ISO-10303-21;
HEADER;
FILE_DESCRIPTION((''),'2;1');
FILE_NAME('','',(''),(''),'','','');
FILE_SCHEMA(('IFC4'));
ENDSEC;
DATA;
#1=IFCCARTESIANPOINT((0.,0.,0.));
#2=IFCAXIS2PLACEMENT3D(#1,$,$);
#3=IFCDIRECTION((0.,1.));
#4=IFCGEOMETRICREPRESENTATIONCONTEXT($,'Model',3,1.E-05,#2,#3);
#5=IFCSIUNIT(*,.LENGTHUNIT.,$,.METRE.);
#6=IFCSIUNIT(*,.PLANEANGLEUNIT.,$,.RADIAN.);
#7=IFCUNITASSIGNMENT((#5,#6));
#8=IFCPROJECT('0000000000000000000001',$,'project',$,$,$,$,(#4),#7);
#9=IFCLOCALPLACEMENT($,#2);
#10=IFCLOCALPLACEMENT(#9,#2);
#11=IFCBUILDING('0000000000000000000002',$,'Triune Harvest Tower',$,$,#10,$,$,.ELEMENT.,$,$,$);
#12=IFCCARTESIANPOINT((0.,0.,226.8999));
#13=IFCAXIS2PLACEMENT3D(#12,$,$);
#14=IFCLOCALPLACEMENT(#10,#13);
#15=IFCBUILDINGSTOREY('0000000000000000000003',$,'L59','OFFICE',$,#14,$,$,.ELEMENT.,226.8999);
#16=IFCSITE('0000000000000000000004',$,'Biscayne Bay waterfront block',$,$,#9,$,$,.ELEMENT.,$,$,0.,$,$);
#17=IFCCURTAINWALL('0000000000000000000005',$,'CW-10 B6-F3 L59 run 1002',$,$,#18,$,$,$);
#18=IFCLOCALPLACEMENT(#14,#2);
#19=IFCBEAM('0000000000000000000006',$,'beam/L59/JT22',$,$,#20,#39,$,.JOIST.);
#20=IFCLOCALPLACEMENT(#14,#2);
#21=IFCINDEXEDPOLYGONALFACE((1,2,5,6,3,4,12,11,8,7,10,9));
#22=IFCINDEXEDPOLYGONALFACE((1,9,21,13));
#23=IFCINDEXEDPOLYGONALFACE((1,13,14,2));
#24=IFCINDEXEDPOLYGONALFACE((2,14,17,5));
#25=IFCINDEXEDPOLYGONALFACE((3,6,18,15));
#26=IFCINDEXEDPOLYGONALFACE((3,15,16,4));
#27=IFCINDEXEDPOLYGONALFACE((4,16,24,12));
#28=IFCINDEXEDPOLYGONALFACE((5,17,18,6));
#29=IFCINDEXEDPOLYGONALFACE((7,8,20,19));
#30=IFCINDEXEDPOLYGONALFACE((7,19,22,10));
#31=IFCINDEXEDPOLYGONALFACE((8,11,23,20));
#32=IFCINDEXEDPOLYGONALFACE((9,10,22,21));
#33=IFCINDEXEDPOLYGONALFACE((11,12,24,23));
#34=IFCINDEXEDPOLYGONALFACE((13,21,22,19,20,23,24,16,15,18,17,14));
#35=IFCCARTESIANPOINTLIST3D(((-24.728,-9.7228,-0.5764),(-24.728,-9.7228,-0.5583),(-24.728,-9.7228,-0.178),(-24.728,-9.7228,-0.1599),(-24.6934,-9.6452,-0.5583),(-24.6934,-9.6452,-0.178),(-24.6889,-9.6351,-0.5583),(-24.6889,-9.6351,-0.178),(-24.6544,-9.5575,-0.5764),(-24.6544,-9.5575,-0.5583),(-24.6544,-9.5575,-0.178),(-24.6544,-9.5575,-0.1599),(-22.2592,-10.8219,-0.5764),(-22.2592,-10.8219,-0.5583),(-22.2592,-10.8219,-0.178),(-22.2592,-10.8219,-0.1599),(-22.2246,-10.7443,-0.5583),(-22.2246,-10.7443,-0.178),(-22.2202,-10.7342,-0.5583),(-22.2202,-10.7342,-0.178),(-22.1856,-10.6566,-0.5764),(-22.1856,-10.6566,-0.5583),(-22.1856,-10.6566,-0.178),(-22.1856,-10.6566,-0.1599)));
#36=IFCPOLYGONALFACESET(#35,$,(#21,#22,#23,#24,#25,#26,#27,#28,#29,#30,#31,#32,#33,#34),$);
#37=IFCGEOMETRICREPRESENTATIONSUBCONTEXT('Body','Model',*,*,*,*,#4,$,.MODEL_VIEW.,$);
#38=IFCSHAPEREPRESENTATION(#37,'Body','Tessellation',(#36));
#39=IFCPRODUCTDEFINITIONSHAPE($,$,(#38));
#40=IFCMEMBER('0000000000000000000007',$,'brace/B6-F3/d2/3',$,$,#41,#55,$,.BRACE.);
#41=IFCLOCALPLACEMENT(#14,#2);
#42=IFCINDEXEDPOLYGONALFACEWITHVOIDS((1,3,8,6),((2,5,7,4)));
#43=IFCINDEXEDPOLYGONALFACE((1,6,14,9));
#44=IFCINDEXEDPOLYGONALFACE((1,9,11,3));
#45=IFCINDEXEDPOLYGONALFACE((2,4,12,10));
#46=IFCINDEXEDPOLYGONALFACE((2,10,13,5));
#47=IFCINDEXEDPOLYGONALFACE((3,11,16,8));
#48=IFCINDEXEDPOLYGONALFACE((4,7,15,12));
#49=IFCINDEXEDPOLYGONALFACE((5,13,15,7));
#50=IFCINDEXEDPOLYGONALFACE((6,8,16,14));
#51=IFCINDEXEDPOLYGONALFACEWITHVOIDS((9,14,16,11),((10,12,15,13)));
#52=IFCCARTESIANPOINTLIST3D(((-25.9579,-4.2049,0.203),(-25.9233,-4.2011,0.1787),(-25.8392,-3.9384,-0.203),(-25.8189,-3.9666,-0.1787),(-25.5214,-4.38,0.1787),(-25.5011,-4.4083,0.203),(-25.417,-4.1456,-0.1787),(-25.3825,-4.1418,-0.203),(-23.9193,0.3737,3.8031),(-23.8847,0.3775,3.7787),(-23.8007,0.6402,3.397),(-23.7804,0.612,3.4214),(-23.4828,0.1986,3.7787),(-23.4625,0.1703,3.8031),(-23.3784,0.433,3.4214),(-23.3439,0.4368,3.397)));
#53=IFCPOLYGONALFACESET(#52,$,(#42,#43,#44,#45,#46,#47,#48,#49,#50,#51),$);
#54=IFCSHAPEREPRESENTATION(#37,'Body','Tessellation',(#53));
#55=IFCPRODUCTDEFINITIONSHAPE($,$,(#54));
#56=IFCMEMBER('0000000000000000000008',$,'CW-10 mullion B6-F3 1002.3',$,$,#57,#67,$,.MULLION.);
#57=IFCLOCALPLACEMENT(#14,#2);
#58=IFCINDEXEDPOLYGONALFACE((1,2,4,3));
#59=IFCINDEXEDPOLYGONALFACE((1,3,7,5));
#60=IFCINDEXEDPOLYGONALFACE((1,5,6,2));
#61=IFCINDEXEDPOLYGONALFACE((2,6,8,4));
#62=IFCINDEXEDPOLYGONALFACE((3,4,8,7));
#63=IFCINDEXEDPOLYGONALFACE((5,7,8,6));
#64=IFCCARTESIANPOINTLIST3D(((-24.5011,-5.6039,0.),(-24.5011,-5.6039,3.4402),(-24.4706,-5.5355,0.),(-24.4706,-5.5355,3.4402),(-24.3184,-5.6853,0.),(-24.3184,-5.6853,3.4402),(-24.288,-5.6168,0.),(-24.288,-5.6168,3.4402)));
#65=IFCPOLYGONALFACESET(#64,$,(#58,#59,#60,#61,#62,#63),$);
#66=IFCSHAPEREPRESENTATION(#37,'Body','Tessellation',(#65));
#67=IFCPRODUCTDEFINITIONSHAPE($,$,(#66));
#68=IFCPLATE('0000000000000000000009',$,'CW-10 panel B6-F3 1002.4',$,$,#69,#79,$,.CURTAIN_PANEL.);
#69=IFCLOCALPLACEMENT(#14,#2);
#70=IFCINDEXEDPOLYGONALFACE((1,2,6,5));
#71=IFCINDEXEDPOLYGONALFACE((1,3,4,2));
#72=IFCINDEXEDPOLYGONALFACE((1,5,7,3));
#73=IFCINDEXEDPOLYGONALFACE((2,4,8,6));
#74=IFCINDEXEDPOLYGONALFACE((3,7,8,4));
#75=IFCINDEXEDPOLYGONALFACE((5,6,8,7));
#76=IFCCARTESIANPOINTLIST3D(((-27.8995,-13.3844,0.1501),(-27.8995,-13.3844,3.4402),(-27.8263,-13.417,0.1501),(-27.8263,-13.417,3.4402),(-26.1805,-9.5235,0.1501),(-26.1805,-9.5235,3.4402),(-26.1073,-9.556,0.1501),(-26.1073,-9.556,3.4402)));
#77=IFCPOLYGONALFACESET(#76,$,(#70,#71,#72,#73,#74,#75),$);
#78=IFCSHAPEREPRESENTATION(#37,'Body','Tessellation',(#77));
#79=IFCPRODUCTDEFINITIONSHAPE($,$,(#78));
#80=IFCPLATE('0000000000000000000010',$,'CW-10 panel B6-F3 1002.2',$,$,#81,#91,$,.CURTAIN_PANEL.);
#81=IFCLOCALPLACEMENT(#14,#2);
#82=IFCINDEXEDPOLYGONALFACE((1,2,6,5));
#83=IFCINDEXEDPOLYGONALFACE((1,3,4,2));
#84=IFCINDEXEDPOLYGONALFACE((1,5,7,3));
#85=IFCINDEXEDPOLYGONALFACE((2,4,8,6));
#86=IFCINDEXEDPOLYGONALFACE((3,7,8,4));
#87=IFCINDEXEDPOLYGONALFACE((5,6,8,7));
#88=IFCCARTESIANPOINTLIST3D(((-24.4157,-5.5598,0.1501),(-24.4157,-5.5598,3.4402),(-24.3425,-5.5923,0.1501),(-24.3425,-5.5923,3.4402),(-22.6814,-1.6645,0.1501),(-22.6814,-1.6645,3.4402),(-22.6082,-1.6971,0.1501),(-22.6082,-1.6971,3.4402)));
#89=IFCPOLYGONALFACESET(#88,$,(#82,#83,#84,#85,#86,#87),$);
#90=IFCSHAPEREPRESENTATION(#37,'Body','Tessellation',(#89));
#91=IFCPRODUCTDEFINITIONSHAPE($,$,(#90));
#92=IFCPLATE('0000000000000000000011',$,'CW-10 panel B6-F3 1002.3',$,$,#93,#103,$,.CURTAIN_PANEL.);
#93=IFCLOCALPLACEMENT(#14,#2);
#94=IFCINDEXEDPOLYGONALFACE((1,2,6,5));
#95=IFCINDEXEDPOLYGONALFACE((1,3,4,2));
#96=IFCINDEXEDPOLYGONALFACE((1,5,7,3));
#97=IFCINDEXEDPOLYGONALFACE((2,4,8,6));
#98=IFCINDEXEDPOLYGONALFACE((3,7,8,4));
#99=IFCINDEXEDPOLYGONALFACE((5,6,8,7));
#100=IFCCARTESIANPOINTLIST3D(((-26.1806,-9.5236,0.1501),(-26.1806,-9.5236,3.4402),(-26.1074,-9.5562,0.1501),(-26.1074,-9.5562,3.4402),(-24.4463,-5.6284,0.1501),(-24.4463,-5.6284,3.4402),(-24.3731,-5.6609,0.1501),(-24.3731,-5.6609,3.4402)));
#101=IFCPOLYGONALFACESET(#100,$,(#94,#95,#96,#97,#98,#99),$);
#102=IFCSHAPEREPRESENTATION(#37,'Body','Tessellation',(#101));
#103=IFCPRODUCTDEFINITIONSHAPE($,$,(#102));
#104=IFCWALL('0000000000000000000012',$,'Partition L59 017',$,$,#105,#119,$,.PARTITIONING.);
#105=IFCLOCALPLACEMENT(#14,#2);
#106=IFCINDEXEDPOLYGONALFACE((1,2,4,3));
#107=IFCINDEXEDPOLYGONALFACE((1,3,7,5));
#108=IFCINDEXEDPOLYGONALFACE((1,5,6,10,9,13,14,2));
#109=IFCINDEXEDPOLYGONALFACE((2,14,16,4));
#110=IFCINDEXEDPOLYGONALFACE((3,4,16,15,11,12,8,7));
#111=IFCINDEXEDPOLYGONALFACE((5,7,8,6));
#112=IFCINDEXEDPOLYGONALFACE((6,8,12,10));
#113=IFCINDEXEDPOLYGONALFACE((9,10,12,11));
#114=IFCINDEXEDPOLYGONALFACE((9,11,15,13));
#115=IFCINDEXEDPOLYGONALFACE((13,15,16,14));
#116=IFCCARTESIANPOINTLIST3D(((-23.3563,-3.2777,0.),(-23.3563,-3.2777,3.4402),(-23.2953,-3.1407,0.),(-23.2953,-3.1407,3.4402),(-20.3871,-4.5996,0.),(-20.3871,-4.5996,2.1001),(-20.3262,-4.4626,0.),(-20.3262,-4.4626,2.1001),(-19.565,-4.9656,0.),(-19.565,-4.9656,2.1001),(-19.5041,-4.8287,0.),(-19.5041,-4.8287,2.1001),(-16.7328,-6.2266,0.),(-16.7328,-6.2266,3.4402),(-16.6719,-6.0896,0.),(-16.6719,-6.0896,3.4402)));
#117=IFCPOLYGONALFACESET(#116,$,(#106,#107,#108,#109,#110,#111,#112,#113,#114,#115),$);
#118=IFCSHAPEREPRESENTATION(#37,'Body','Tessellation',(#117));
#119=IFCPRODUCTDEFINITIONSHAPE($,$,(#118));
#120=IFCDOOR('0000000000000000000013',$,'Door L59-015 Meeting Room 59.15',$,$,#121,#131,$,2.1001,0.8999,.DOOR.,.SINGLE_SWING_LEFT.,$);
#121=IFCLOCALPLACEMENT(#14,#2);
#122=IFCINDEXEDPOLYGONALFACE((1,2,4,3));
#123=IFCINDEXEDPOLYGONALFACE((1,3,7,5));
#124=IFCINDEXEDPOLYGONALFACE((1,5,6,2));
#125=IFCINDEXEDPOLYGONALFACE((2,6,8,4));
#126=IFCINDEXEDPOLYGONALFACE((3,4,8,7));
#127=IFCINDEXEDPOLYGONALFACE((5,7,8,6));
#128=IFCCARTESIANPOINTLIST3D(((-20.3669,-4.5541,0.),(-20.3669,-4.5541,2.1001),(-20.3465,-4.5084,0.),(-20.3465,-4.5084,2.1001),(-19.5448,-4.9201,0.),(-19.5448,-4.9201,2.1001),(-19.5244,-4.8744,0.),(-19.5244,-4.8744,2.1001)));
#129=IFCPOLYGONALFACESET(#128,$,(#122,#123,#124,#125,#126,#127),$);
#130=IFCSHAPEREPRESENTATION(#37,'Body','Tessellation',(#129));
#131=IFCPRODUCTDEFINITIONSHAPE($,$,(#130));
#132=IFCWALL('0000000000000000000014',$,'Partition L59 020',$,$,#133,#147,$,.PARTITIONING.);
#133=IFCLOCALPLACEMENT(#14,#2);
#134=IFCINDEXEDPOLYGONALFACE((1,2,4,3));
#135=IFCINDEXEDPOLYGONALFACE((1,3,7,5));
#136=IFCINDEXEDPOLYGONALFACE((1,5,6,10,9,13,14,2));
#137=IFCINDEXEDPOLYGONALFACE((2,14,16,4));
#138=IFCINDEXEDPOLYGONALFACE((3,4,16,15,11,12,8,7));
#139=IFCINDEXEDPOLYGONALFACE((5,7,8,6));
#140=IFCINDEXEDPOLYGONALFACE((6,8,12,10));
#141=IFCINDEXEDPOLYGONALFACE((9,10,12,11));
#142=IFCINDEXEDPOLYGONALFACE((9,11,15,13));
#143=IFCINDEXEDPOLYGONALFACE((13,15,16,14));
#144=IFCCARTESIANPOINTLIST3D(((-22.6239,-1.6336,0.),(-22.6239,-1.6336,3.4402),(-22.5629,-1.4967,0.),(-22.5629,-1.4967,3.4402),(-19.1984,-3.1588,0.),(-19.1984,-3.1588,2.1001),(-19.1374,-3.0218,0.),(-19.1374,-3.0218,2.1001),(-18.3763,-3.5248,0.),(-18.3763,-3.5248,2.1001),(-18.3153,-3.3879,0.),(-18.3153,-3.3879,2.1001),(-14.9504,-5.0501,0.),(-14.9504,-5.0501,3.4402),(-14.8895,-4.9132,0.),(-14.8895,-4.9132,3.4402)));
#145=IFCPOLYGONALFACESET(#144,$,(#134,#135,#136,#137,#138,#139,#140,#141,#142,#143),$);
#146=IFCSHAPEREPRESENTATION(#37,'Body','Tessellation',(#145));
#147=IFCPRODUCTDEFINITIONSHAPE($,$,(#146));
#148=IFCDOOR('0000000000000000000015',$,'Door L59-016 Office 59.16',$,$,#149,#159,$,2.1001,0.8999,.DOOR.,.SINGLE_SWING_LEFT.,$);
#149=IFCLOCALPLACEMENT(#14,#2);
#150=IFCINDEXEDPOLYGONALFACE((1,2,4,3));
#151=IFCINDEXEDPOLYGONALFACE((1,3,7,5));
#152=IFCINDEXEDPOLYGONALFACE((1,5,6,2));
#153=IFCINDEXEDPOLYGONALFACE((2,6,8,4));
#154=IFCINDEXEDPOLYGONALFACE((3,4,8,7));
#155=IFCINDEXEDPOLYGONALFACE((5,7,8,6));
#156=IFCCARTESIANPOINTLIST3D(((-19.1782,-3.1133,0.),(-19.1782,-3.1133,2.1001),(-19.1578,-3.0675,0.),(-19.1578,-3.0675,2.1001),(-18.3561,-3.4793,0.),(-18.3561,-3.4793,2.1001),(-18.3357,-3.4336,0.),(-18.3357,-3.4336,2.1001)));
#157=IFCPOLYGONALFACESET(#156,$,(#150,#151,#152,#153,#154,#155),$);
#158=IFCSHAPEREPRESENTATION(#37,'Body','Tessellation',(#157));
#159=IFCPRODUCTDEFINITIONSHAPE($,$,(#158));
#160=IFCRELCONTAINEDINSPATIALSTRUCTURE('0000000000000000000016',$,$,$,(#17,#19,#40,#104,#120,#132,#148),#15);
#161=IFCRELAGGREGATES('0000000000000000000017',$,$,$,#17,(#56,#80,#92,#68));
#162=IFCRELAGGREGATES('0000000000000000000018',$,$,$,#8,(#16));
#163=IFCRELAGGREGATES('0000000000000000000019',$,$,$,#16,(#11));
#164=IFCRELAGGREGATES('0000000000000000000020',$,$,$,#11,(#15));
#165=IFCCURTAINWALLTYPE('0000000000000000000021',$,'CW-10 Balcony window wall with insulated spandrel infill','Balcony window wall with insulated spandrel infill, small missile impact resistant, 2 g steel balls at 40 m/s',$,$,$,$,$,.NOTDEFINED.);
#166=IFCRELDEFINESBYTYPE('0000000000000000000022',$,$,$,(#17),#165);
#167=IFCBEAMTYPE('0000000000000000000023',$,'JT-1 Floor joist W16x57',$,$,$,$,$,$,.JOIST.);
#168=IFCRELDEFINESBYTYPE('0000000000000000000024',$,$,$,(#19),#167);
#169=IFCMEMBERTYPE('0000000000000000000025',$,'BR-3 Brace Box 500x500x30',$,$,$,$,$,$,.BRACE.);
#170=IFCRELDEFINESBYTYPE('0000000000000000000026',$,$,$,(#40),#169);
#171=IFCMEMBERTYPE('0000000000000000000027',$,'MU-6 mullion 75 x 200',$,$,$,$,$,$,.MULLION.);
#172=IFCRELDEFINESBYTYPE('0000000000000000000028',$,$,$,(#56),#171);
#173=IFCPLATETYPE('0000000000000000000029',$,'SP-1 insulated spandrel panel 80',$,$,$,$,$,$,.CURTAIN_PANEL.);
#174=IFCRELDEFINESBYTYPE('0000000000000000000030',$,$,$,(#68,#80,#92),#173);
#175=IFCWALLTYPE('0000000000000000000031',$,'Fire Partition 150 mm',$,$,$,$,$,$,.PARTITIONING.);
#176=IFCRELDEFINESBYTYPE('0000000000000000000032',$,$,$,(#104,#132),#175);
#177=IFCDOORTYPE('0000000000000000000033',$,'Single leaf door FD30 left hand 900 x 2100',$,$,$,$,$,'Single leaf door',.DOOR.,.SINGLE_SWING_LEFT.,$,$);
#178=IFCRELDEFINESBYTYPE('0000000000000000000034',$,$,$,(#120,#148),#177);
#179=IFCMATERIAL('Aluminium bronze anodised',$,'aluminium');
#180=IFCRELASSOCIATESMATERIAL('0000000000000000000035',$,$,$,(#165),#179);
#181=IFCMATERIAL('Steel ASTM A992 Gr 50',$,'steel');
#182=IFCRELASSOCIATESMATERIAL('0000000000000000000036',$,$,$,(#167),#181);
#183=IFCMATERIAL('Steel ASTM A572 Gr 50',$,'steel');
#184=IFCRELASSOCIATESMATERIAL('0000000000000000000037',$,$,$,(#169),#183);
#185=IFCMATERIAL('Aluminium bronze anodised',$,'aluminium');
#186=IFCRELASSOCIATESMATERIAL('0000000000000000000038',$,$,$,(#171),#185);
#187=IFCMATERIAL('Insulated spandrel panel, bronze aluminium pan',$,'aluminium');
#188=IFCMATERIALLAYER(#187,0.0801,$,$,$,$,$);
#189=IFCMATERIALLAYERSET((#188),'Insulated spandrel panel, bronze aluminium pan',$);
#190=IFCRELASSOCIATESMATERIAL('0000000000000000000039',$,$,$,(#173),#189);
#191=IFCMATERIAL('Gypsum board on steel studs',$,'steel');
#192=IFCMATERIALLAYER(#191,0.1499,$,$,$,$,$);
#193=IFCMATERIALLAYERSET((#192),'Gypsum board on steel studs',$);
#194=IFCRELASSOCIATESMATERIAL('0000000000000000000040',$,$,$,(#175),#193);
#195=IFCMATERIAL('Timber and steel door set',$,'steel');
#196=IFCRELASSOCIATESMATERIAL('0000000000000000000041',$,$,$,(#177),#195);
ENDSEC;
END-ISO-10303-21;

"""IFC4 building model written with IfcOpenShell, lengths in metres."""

from ifc_helpers import new_model, si_unit, direction, frame, frame_2d, origin, origin_2d, place, context, subcontext, project, spatial, rectangle, hollow_rectangle, i_section, extrude, source, transform, mapped, material, layer, layer_set, material_profile, profile_set, type_object, element, fill, aggregate, save


model = new_model("IFC4")

# Units and contexts
model_context = context("Model", 3, precision=1e-05, world=origin(), true_north=direction((0.0, 1.0)))
body_context = subcontext(model_context, "Body", "Model", "MODEL_VIEW")
ifc_project = project(units=[si_unit("LENGTHUNIT", "METRE"), si_unit("PLANEANGLEUNIT", "RADIAN")], contexts=[model_context])

# Site, building, storey
site_placement = place(None, origin())
site = spatial("IfcSite", under=ifc_project, at=site_placement, Name="Biscayne Bay waterfront block", CompositionType="ELEMENT", RefElevation=0.0)
building_placement = place(site_placement, origin())
building = spatial("IfcBuilding", under=site, at=building_placement, Name="Triune Harvest Tower", CompositionType="ELEMENT")
storey_placement = place(building_placement, frame((0.0, 0.0, 226.8999)))
storey = spatial("IfcBuildingStorey", under=building, at=storey_placement, Name="L59", Description="OFFICE", CompositionType="ELEMENT", Elevation=226.8999)

# Curtain wall
ifc_material_1 = material(Name="Aluminium bronze anodised", Category="aluminium")
curtain_wall_type = type_object("IfcCurtainWallType", Name="CW-10 Balcony window wall with insulated spandrel infill", Description="Balcony window wall with insulated spandrel infill, small missile impact resistant, 2 g steel balls at 40 m/s", PredefinedType="NOTDEFINED", material=ifc_material_1)
curtain_wall_placement = place(storey_placement, origin())
curtain_wall = element("IfcCurtainWall", 1, at=curtain_wall_placement, inside=storey, type_object=curtain_wall_type, Name="CW-10 B6-F3 L59 run 1002")

# Beam
ifc_material_2 = material(Name="Steel ASTM A992 Gr 50", Category="steel")
ifc_material_profile_1 = material_profile(ifc_material_2, i_section(OverallWidth=0.1809, OverallDepth=0.4165, WebThickness=0.011, FlangeThickness=0.0181, at=origin_2d()), Name="W16x57")
ifc_profile_set_1 = profile_set([ifc_material_profile_1], Name="Steel ASTM A992 Gr 50")
beam_type_1 = type_object("IfcBeamType", Name="JT-1 Floor joist W16x57", PredefinedType="JOIST", material=ifc_profile_set_1)
shared_shape_1 = source(origin(), body_context, "Body", "SweptSolid", [
    extrude(i_section(OverallWidth=0.1809, OverallDepth=0.4165, WebThickness=0.011, FlangeThickness=0.0181, at=origin_2d()), origin(), (0.0, 0.0, 1.0), 2.7024),
])
beam_1_placement = place(storey_placement, frame((-24.6912, -9.6401, -0.3682), z_axis=(0.913551, -0.406725, 0.0), x_axis=(0.406725, 0.913551, 0.0)))
element("IfcBeam", 2, at=beam_1_placement, inside=storey, type_object=beam_type_1, Name="beam/L59/JT22", PredefinedType="JOIST", context=body_context, shape_type="MappedRepresentation", body=[
    mapped(shared_shape_1, transform((0.0, 0.0, 0.0), scale=1.0)),
])

# Members
ifc_material_3 = material(Name="Steel ASTM A572 Gr 50", Category="steel")
ifc_material_profile_2 = material_profile(ifc_material_3, hollow_rectangle(XDim=0.5, YDim=0.5, WallThickness=0.03, at=origin_2d()), Name="Box 500x500x30")
ifc_profile_set_2 = profile_set([ifc_material_profile_2], Name="Steel ASTM A572 Gr 50")
member_type_1 = type_object("IfcMemberType", Name="BR-3 Brace Box 500x500x30", PredefinedType="BRACE", material=ifc_profile_set_2)
shared_shape_2 = source(origin(), body_context, "Body", "SweptSolid", [
    extrude(hollow_rectangle(XDim=0.5, YDim=0.5, WallThickness=0.03, at=origin_2d()), origin(), (0.0, 0.0, 1.0), 6.1709),
])
member_1_placement = place(storey_placement, frame((-25.6702, -4.1733, 0.0), z_axis=(0.330352, 0.741967, 0.583398), x_axis=(-0.913542, 0.406744, 0.0)))
element("IfcMember", 3, at=member_1_placement, inside=storey, type_object=member_type_1, Name="brace/B6-F3/d2/3", PredefinedType="BRACE", context=body_context, shape_type="MappedRepresentation", body=[
    mapped(shared_shape_2, transform((0.0, 0.0, 0.0), scale=1.0)),
])
ifc_material_4 = material(Name="Aluminium bronze anodised", Category="aluminium")
ifc_material_profile_3 = material_profile(ifc_material_4, rectangle(XDim=0.2, YDim=0.075, at=origin_2d()), Name="MU-6 mullion 75 x 200")
ifc_profile_set_3 = profile_set([ifc_material_profile_3], Name="Aluminium bronze anodised")
member_type_2 = type_object("IfcMemberType", Name="MU-6 mullion 75 x 200", PredefinedType="MULLION", material=ifc_profile_set_3)
shared_shape_3 = source(origin(), body_context, "Body", "SweptSolid", [
    extrude(rectangle(XDim=0.2, YDim=0.075, at=origin_2d()), origin(), (0.0, 0.0, 1.0), 3.4402),
])
member_2_placement = place(storey_placement, frame((-24.3945, -5.6104, 0.0), z_axis=(0.0, 0.0, 1.0), x_axis=(0.913546, -0.406737, 0.0)))
member_2 = element("IfcMember", 4, at=member_2_placement, type_object=member_type_2, Name="CW-10 mullion B6-F3 1002.3", PredefinedType="MULLION", context=body_context, shape_type="MappedRepresentation", body=[
    mapped(shared_shape_3, transform((0.0, 0.0, 0.0), scale=1.0)),
])

# Plates
ifc_material_5 = material(Name="Insulated spandrel panel, bronze aluminium pan", Category="aluminium")
ifc_layer_1 = layer(ifc_material_5, 0.0801)
ifc_layer_set_1 = layer_set([ifc_layer_1], Name="Insulated spandrel panel, bronze aluminium pan")
plate_type = type_object("IfcPlateType", Name="SP-1 insulated spandrel panel 80", PredefinedType="CURTAIN_PANEL", material=ifc_layer_set_1)
shared_shape_4 = source(origin(), body_context, "Body", "SweptSolid", [
    extrude(rectangle(XDim=4.2263, YDim=0.0801, at=origin_2d()), origin(), (0.0, 0.0, 1.0), 3.29),
])
plate_1_placement = place(storey_placement, frame((-27.0034, -11.4702, 0.1501), z_axis=(0.0, 0.0, 1.0), x_axis=(-0.406737, -0.913546, 0.0)))
plate_1 = element("IfcPlate", 5, at=plate_1_placement, type_object=plate_type, Name="CW-10 panel B6-F3 1002.4", PredefinedType="CURTAIN_PANEL", context=body_context, shape_type="MappedRepresentation", body=[
    mapped(shared_shape_4, transform((0.0, 0.0, 0.0), scale=1.0)),
])
shared_shape_5 = source(origin(), body_context, "Body", "SweptSolid", [
    extrude(rectangle(XDim=4.2639, YDim=0.0801, at=origin_2d()), origin(), (0.0, 0.0, 1.0), 3.29),
])
plate_2_placement = place(storey_placement, frame((-23.512, -3.6284, 0.1501), z_axis=(0.0, 0.0, 1.0), x_axis=(-0.406737, -0.913546, 0.0)))
plate_2 = element("IfcPlate", 6, at=plate_2_placement, type_object=plate_type, Name="CW-10 panel B6-F3 1002.2", PredefinedType="CURTAIN_PANEL", context=body_context, shape_type="MappedRepresentation", body=[
    mapped(shared_shape_5, transform((0.0, 0.0, 0.0), scale=1.0)),
])
plate_3_placement = place(storey_placement, frame((-25.2769, -7.5923, 0.1501), z_axis=(0.0, 0.0, 1.0), x_axis=(-0.406737, -0.913546, 0.0)))
plate_3 = element("IfcPlate", 7, at=plate_3_placement, type_object=plate_type, Name="CW-10 panel B6-F3 1002.3", PredefinedType="CURTAIN_PANEL", context=body_context, shape_type="MappedRepresentation", body=[
    mapped(shared_shape_5, transform((0.0, 0.0, 0.0), scale=1.0)),
])
aggregate(curtain_wall, [member_2, plate_2, plate_3, plate_1])

# Walls, openings, doors
ifc_material_6 = material(Name="Gypsum board on steel studs", Category="steel")
ifc_layer_2 = layer(ifc_material_6, 0.1499)
ifc_layer_set_2 = layer_set([ifc_layer_2], Name="Gypsum board on steel studs")
wall_type_1 = type_object("IfcWallType", Name="Fire Partition 150 mm", PredefinedType="PARTITIONING", material=ifc_layer_set_2)
wall_1_placement = place(storey_placement, frame((-23.3257, -3.2092, 0.0), z_axis=(0.0, 0.0, 1.0), x_axis=(0.913546, -0.406735, 0.0)))
wall_1 = element("IfcWall", 8, at=wall_1_placement, inside=storey, type_object=wall_type_1, Name="Partition L59 017", PredefinedType="PARTITIONING", context=body_context, shape_type="SweptSolid", body=[
    extrude(rectangle(XDim=7.2502, YDim=0.1499, at=frame_2d((3.625, 0.0))), origin(), (0.0, 0.0, 1.0), 3.4402),
])
opening_1_placement = place(wall_1_placement, frame((3.25, 0.0, 0.0)))
opening_1 = element("IfcOpeningElement", 9, at=opening_1_placement, cuts=wall_1, PredefinedType="OPENING", context=body_context, shape_type="SweptSolid", body=[
    extrude(rectangle(XDim=0.8999, YDim=2.1001, at=frame_2d((0.45, 1.05))), frame((0.0, 0.085, 0.0), z_axis=(0.0, -1.0, 0.0), x_axis=(1.0, 0.0, 0.0)), (0.0, 0.0, 1.0), 0.1699),
])
ifc_material_7 = material(Name="Timber and steel door set", Category="steel")
door_type = type_object("IfcDoorType", Name="Single leaf door FD30 left hand 900 x 2100", ElementType="Single leaf door", OperationType="SINGLE_SWING_LEFT", PredefinedType="DOOR", material=ifc_material_7)
door_1_placement = place(opening_1_placement, origin())
door_1 = element("IfcDoor", 10, at=door_1_placement, inside=storey, type_object=door_type, Name="Door L59-015 Meeting Room 59.15", OperationType="SINGLE_SWING_LEFT", OverallHeight=2.1001, OverallWidth=0.8999, PredefinedType="DOOR", context=body_context, shape_type="SweptSolid", body=[
    extrude(rectangle(XDim=0.8999, YDim=2.1001, at=frame_2d((0.45, 1.05))), frame((0.0, 0.0249, 0.0), z_axis=(0.0, -1.0, 0.0), x_axis=(1.0, 0.0, 0.0)), (0.0, 0.0, 1.0), 0.05),
])
fill(opening_1, door_1)
wall_2_placement = place(storey_placement, frame((-22.5933, -1.5652, 0.0), z_axis=(0.0, 0.0, 1.0), x_axis=(0.91354, -0.406748, 0.0)))
wall_2 = element("IfcWall", 11, at=wall_2_placement, inside=storey, type_object=wall_type_1, Name="Partition L59 020", PredefinedType="PARTITIONING", context=body_context, shape_type="SweptSolid", body=[
    extrude(rectangle(XDim=8.3997, YDim=0.1499, at=frame_2d((4.1997, 0.0))), origin(), (0.0, 0.0, 1.0), 3.4402),
])
opening_2_placement = place(wall_2_placement, frame((3.7495, 0.0, 0.0)))
opening_2 = element("IfcOpeningElement", 12, at=opening_2_placement, cuts=wall_2, PredefinedType="OPENING", context=body_context, shape_type="SweptSolid", body=[
    extrude(rectangle(XDim=0.8999, YDim=2.1001, at=frame_2d((0.45, 1.05))), frame((0.0, 0.085, 0.0), z_axis=(0.0, -1.0, 0.0), x_axis=(1.0, 0.0, 0.0)), (0.0, 0.0, 1.0), 0.1699),
])
door_2_placement = place(opening_2_placement, origin())
door_2 = element("IfcDoor", 13, at=door_2_placement, inside=storey, type_object=door_type, Name="Door L59-016 Office 59.16", OperationType="SINGLE_SWING_LEFT", OverallHeight=2.1001, OverallWidth=0.8999, PredefinedType="DOOR", context=body_context, shape_type="SweptSolid", body=[
    extrude(rectangle(XDim=0.8999, YDim=2.1001, at=frame_2d((0.45, 1.05))), frame((0.0, 0.0249, 0.0), z_axis=(0.0, -1.0, 0.0), x_axis=(1.0, 0.0, 0.0)), (0.0, 0.0, 1.0), 0.05),
])
fill(opening_2, door_2)

save(model, "model.ifc")
